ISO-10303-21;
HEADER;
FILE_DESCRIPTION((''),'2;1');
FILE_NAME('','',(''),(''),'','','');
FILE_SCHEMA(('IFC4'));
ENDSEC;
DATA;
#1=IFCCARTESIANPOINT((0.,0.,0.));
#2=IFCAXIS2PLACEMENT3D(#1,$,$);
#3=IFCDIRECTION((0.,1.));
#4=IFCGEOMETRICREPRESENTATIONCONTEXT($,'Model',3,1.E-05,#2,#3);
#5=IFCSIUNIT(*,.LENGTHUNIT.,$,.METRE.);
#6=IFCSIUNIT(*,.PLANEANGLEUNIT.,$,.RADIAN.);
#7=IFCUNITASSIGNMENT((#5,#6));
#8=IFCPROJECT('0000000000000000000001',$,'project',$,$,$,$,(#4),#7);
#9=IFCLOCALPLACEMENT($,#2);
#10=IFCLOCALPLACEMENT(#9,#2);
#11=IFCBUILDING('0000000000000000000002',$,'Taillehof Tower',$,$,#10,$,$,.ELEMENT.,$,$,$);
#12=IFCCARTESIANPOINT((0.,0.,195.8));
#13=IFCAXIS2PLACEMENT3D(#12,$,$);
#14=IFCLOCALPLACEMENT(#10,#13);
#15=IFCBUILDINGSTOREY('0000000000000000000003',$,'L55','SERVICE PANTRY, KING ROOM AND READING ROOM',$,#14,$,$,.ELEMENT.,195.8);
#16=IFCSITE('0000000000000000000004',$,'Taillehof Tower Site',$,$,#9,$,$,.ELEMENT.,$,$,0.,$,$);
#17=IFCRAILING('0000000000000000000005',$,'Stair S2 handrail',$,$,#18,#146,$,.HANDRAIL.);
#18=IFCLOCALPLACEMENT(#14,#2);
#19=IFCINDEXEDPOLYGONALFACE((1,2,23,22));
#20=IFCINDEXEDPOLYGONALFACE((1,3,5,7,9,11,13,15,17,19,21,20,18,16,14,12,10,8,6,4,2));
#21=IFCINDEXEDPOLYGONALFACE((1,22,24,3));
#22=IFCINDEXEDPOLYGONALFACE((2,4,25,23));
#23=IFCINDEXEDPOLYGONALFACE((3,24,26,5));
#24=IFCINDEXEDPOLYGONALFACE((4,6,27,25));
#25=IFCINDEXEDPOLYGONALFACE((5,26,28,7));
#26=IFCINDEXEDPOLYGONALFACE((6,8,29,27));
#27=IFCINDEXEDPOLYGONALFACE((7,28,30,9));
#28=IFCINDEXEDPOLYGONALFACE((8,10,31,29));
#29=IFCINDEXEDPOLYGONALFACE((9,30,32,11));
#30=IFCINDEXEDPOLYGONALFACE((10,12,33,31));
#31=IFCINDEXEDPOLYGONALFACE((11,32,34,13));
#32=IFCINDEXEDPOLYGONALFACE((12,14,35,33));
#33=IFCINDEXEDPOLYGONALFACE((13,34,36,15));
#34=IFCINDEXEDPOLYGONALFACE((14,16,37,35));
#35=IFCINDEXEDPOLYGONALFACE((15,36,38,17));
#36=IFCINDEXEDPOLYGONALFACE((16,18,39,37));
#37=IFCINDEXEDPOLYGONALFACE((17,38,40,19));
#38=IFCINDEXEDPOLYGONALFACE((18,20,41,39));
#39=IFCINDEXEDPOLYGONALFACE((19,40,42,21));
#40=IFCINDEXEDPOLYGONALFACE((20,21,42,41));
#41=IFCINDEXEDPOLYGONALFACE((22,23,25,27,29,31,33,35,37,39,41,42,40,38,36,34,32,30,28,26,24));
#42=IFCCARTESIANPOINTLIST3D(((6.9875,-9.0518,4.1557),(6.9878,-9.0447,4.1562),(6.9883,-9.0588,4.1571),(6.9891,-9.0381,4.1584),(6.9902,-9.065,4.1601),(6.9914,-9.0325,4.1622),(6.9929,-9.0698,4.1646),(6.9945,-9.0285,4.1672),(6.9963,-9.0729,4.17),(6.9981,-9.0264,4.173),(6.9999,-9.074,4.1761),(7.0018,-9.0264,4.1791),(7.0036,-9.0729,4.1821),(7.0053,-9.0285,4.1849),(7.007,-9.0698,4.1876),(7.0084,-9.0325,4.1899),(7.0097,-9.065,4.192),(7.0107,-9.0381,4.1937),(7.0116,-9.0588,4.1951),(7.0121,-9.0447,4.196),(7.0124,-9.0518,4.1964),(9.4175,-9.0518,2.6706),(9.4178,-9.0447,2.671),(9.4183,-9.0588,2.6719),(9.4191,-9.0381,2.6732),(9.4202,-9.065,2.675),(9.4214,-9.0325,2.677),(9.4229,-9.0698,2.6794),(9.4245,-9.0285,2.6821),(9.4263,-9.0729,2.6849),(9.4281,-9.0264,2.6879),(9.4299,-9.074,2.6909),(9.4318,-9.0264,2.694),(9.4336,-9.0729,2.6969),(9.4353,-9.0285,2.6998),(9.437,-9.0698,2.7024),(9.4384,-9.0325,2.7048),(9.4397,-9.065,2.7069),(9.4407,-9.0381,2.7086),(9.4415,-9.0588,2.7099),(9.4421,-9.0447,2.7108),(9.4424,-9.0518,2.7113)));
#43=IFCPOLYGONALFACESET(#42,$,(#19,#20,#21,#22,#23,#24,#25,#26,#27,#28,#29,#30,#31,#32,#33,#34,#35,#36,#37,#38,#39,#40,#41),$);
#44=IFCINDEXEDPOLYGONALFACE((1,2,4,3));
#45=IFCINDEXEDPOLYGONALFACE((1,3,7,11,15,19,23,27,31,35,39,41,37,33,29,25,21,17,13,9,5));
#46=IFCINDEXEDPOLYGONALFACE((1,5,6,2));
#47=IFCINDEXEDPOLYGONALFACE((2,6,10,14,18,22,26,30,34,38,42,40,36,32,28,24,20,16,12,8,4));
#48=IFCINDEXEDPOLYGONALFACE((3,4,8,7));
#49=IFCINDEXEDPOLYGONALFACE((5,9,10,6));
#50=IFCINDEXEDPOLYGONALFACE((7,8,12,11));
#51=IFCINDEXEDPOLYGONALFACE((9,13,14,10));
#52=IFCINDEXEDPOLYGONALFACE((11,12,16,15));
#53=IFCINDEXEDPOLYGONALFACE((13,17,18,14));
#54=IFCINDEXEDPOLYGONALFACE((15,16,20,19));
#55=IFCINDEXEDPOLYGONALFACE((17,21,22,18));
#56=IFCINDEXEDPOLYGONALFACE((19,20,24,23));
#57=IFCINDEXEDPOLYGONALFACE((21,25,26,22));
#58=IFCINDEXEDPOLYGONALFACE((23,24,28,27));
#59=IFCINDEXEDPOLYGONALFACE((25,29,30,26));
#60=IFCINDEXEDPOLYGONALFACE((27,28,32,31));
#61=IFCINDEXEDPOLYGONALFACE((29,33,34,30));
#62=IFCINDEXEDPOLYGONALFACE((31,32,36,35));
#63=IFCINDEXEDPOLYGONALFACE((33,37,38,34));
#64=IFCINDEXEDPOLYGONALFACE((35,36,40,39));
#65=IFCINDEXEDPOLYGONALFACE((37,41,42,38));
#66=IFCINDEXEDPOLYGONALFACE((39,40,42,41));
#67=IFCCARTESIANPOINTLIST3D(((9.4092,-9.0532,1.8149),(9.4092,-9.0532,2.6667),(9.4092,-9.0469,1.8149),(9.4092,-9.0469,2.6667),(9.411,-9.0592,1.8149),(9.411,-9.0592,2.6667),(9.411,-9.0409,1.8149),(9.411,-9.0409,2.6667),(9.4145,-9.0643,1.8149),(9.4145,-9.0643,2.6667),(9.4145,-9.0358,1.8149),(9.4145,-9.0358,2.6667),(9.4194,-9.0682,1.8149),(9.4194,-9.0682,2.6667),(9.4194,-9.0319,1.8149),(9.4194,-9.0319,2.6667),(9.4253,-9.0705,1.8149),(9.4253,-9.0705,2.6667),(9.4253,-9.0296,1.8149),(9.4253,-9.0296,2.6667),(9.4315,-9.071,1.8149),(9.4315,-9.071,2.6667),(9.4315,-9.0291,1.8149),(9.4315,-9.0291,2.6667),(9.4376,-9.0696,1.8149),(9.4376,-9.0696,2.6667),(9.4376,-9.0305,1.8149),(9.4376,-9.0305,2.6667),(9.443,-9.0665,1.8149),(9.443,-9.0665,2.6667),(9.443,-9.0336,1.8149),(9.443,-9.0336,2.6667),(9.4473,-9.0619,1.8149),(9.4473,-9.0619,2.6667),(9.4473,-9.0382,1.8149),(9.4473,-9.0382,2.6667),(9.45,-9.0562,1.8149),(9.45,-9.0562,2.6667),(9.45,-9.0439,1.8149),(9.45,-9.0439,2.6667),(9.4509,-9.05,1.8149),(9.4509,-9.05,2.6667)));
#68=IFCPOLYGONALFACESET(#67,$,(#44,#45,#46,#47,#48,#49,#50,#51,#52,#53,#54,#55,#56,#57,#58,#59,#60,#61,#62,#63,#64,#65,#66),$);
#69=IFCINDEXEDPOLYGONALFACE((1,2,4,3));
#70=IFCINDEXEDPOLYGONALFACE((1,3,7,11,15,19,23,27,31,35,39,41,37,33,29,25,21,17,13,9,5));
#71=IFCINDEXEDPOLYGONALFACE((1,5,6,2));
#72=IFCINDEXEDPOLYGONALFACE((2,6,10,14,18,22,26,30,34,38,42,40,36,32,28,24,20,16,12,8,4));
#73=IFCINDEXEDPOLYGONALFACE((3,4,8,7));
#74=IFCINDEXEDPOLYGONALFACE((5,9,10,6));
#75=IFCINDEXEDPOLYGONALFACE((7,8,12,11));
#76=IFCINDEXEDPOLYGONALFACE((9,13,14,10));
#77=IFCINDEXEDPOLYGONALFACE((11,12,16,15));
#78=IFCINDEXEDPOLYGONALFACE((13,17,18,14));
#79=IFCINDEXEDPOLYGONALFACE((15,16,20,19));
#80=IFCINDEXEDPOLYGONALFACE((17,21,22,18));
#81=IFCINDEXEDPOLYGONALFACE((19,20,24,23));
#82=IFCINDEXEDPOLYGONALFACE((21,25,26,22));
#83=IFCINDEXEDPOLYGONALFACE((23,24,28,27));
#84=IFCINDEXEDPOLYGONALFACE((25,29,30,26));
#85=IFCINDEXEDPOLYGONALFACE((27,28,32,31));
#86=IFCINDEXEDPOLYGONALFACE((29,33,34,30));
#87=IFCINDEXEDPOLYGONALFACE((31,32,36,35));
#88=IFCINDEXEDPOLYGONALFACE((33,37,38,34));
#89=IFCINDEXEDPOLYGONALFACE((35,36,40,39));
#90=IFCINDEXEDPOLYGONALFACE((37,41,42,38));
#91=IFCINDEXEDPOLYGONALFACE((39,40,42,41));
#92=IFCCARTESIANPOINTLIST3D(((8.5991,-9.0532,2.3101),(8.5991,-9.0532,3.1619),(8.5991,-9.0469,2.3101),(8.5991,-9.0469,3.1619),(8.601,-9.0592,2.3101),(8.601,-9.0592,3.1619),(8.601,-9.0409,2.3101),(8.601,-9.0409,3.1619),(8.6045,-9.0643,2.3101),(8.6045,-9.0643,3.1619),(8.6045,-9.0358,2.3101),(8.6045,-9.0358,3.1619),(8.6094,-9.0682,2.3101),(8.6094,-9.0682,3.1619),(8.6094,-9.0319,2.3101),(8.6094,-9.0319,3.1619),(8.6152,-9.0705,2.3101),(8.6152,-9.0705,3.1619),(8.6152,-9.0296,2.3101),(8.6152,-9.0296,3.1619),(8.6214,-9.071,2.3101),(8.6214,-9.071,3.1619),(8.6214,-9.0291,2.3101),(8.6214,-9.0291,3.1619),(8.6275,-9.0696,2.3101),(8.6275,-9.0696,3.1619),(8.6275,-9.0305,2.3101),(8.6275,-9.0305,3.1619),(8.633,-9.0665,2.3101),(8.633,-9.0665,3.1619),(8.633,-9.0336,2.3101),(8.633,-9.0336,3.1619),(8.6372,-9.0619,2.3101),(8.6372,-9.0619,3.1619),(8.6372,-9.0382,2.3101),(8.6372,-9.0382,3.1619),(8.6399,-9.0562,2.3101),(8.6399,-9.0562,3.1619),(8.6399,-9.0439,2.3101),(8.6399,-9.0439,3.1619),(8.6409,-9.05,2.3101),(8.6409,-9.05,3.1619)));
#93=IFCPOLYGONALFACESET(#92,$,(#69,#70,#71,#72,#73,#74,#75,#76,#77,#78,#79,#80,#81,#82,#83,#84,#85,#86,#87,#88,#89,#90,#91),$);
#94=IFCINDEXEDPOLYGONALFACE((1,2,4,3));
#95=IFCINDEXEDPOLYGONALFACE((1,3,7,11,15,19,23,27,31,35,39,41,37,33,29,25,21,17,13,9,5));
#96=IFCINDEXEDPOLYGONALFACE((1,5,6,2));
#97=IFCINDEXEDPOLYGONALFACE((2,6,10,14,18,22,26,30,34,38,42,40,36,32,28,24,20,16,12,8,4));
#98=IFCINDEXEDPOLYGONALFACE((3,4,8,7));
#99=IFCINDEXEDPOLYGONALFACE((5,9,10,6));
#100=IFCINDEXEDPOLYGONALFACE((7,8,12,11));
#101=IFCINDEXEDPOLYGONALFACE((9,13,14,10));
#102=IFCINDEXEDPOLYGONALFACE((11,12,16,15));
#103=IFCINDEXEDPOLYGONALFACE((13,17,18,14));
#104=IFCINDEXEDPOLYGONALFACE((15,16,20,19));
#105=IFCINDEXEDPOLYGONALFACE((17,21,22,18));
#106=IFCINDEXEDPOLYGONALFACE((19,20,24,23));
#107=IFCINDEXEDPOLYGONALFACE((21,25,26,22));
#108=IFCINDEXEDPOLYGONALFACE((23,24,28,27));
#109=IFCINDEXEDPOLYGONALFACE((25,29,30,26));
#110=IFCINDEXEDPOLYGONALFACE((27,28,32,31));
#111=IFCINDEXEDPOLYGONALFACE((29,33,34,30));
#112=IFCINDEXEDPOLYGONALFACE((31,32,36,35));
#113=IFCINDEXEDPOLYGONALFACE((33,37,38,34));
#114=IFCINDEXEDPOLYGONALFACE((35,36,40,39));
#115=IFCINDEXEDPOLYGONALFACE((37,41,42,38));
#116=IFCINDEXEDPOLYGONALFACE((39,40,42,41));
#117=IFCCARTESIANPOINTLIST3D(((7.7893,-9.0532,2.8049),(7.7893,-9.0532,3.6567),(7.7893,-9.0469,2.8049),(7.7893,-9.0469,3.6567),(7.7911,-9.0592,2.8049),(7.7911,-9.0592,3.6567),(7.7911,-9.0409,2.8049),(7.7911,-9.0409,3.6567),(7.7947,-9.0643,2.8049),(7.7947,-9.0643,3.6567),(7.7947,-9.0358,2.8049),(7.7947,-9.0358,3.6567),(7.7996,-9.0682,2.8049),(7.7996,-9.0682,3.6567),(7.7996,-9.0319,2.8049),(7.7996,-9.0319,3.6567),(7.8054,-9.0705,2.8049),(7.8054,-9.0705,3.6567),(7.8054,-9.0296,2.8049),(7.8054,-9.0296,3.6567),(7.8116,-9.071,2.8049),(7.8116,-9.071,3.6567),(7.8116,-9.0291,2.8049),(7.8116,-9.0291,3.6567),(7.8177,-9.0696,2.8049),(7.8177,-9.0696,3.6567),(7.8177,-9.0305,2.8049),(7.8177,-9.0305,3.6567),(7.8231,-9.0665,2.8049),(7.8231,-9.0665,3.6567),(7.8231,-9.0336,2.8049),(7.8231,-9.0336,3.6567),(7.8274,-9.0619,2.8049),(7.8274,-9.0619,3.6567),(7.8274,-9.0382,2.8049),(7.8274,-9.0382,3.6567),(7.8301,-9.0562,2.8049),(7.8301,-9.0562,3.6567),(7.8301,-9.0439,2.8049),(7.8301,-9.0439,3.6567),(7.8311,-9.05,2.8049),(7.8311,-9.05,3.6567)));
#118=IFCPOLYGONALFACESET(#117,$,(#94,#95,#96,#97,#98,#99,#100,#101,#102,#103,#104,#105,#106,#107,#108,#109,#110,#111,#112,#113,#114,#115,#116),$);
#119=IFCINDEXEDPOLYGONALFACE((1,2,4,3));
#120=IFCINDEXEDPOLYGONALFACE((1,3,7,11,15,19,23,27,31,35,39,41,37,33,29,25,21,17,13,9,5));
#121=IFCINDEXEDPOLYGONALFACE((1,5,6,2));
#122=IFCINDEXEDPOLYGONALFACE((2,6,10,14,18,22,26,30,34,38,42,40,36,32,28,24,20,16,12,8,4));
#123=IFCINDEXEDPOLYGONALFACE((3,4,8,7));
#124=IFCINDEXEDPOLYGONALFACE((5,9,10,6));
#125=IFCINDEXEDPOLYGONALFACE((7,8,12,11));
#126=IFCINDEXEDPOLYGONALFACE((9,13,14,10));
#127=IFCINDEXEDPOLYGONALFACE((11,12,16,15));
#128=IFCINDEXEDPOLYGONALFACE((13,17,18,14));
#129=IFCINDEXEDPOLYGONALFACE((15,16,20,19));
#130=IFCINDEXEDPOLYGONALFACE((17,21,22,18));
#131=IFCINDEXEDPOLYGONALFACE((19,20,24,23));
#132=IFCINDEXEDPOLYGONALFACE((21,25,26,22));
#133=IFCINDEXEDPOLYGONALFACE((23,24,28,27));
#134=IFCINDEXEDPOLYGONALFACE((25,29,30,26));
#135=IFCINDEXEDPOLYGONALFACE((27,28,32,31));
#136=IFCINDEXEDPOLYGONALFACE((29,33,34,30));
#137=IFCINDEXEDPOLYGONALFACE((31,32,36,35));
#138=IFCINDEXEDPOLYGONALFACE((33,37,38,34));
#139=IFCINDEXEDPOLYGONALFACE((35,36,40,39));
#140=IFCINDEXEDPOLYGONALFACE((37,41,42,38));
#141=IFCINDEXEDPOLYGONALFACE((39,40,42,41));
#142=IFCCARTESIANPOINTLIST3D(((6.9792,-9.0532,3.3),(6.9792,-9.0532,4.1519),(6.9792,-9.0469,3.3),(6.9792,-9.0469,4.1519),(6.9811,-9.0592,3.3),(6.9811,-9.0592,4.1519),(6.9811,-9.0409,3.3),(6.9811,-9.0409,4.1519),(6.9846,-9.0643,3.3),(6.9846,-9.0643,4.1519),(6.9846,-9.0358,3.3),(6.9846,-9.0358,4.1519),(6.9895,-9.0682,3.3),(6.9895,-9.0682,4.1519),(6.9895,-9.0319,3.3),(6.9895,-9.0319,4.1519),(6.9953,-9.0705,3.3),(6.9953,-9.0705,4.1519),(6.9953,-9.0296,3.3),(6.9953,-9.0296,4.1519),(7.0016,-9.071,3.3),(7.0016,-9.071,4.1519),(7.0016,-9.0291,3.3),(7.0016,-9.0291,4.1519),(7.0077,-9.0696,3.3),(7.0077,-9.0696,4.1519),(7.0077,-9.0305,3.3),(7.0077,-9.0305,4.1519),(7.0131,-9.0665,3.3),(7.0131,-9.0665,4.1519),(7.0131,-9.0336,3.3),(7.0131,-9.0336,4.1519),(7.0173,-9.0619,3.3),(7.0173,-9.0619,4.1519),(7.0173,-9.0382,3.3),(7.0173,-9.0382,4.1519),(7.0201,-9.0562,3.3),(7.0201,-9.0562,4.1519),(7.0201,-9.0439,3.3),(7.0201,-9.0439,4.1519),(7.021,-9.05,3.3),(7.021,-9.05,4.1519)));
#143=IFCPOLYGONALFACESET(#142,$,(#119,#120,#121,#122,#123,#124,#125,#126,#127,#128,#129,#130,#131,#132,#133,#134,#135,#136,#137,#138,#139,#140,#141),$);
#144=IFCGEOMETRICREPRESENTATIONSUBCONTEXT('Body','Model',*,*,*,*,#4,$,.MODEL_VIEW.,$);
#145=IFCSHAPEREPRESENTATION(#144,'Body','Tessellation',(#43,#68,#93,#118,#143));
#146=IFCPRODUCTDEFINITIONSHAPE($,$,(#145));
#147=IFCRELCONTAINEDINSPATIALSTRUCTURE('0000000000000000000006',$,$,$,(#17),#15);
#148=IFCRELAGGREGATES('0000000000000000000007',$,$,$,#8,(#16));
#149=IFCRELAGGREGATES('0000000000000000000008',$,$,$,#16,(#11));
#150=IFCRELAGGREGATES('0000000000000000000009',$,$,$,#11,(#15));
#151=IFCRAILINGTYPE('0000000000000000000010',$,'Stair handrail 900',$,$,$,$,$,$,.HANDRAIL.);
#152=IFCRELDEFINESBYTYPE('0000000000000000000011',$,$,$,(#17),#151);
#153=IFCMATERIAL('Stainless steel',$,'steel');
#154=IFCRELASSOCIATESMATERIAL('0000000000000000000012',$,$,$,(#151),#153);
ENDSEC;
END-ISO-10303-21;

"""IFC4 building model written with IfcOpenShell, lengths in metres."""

from ifc_helpers import new_model, si_unit, direction, frame, origin, origin_2d, place, context, subcontext, project, spatial, circle, extrude, material, type_object, element, save


model = new_model("IFC4")

# Units and contexts
model_context = context("Model", 3, precision=1e-05, world=origin(), true_north=direction((0.0, 1.0)))
body_context = subcontext(model_context, "Body", "Model", "MODEL_VIEW")
ifc_project = project(units=[si_unit("LENGTHUNIT", "METRE"), si_unit("PLANEANGLEUNIT", "RADIAN")], contexts=[model_context])

# Site, building, storey
site_placement = place(None, origin())
site = spatial("IfcSite", under=ifc_project, at=site_placement, Name="Taillehof Tower Site", CompositionType="ELEMENT", RefElevation=0.0)
building_placement = place(site_placement, origin())
building = spatial("IfcBuilding", under=site, at=building_placement, Name="Taillehof Tower", CompositionType="ELEMENT")
storey_placement = place(building_placement, frame((0.0, 0.0, 195.8)))
storey = spatial("IfcBuildingStorey", under=building, at=storey_placement, Name="L55", Description="SERVICE PANTRY, KING ROOM AND READING ROOM", CompositionType="ELEMENT", Elevation=195.8)

# Railing
ifc_material_1 = material(Name="Stainless steel", Category="steel")
railing_type = type_object("IfcRailingType", Name="Stair handrail 900", PredefinedType="HANDRAIL", material=ifc_material_1)
railing_placement = place(storey_placement, frame((9.4299, -9.05, 1.8149)))
element("IfcRailing", 1, at=railing_placement, inside=storey, type_object=railing_type, Name="Stair S2 handrail", PredefinedType="HANDRAIL", context=body_context, shape_type="SweptSolid", body=[
    extrude(circle(Radius=0.0239, at=origin_2d()), frame((0.0, 0.0, 0.876), z_axis=(-0.853259, 0.0, 0.521488), x_axis=(0.0, -1.0, 0.0)), (0.0, 0.0, 1.0), 2.8479),
    extrude(circle(Radius=0.021, at=origin_2d()), origin(), (0.0, 0.0, 1.0), 0.8518),
    extrude(circle(Radius=0.021, at=origin_2d()), frame((-0.8101, 0.0, 0.4951)), (0.0, 0.0, 1.0), 0.8518),
    extrude(circle(Radius=0.021, at=origin_2d()), frame((-1.6199, 0.0, 0.99)), (0.0, 0.0, 1.0), 0.8518),
    extrude(circle(Radius=0.021, at=origin_2d()), frame((-2.4299, 0.0, 1.4851)), (0.0, 0.0, 1.0), 0.8518),
])

save(model, "model.ifc")
